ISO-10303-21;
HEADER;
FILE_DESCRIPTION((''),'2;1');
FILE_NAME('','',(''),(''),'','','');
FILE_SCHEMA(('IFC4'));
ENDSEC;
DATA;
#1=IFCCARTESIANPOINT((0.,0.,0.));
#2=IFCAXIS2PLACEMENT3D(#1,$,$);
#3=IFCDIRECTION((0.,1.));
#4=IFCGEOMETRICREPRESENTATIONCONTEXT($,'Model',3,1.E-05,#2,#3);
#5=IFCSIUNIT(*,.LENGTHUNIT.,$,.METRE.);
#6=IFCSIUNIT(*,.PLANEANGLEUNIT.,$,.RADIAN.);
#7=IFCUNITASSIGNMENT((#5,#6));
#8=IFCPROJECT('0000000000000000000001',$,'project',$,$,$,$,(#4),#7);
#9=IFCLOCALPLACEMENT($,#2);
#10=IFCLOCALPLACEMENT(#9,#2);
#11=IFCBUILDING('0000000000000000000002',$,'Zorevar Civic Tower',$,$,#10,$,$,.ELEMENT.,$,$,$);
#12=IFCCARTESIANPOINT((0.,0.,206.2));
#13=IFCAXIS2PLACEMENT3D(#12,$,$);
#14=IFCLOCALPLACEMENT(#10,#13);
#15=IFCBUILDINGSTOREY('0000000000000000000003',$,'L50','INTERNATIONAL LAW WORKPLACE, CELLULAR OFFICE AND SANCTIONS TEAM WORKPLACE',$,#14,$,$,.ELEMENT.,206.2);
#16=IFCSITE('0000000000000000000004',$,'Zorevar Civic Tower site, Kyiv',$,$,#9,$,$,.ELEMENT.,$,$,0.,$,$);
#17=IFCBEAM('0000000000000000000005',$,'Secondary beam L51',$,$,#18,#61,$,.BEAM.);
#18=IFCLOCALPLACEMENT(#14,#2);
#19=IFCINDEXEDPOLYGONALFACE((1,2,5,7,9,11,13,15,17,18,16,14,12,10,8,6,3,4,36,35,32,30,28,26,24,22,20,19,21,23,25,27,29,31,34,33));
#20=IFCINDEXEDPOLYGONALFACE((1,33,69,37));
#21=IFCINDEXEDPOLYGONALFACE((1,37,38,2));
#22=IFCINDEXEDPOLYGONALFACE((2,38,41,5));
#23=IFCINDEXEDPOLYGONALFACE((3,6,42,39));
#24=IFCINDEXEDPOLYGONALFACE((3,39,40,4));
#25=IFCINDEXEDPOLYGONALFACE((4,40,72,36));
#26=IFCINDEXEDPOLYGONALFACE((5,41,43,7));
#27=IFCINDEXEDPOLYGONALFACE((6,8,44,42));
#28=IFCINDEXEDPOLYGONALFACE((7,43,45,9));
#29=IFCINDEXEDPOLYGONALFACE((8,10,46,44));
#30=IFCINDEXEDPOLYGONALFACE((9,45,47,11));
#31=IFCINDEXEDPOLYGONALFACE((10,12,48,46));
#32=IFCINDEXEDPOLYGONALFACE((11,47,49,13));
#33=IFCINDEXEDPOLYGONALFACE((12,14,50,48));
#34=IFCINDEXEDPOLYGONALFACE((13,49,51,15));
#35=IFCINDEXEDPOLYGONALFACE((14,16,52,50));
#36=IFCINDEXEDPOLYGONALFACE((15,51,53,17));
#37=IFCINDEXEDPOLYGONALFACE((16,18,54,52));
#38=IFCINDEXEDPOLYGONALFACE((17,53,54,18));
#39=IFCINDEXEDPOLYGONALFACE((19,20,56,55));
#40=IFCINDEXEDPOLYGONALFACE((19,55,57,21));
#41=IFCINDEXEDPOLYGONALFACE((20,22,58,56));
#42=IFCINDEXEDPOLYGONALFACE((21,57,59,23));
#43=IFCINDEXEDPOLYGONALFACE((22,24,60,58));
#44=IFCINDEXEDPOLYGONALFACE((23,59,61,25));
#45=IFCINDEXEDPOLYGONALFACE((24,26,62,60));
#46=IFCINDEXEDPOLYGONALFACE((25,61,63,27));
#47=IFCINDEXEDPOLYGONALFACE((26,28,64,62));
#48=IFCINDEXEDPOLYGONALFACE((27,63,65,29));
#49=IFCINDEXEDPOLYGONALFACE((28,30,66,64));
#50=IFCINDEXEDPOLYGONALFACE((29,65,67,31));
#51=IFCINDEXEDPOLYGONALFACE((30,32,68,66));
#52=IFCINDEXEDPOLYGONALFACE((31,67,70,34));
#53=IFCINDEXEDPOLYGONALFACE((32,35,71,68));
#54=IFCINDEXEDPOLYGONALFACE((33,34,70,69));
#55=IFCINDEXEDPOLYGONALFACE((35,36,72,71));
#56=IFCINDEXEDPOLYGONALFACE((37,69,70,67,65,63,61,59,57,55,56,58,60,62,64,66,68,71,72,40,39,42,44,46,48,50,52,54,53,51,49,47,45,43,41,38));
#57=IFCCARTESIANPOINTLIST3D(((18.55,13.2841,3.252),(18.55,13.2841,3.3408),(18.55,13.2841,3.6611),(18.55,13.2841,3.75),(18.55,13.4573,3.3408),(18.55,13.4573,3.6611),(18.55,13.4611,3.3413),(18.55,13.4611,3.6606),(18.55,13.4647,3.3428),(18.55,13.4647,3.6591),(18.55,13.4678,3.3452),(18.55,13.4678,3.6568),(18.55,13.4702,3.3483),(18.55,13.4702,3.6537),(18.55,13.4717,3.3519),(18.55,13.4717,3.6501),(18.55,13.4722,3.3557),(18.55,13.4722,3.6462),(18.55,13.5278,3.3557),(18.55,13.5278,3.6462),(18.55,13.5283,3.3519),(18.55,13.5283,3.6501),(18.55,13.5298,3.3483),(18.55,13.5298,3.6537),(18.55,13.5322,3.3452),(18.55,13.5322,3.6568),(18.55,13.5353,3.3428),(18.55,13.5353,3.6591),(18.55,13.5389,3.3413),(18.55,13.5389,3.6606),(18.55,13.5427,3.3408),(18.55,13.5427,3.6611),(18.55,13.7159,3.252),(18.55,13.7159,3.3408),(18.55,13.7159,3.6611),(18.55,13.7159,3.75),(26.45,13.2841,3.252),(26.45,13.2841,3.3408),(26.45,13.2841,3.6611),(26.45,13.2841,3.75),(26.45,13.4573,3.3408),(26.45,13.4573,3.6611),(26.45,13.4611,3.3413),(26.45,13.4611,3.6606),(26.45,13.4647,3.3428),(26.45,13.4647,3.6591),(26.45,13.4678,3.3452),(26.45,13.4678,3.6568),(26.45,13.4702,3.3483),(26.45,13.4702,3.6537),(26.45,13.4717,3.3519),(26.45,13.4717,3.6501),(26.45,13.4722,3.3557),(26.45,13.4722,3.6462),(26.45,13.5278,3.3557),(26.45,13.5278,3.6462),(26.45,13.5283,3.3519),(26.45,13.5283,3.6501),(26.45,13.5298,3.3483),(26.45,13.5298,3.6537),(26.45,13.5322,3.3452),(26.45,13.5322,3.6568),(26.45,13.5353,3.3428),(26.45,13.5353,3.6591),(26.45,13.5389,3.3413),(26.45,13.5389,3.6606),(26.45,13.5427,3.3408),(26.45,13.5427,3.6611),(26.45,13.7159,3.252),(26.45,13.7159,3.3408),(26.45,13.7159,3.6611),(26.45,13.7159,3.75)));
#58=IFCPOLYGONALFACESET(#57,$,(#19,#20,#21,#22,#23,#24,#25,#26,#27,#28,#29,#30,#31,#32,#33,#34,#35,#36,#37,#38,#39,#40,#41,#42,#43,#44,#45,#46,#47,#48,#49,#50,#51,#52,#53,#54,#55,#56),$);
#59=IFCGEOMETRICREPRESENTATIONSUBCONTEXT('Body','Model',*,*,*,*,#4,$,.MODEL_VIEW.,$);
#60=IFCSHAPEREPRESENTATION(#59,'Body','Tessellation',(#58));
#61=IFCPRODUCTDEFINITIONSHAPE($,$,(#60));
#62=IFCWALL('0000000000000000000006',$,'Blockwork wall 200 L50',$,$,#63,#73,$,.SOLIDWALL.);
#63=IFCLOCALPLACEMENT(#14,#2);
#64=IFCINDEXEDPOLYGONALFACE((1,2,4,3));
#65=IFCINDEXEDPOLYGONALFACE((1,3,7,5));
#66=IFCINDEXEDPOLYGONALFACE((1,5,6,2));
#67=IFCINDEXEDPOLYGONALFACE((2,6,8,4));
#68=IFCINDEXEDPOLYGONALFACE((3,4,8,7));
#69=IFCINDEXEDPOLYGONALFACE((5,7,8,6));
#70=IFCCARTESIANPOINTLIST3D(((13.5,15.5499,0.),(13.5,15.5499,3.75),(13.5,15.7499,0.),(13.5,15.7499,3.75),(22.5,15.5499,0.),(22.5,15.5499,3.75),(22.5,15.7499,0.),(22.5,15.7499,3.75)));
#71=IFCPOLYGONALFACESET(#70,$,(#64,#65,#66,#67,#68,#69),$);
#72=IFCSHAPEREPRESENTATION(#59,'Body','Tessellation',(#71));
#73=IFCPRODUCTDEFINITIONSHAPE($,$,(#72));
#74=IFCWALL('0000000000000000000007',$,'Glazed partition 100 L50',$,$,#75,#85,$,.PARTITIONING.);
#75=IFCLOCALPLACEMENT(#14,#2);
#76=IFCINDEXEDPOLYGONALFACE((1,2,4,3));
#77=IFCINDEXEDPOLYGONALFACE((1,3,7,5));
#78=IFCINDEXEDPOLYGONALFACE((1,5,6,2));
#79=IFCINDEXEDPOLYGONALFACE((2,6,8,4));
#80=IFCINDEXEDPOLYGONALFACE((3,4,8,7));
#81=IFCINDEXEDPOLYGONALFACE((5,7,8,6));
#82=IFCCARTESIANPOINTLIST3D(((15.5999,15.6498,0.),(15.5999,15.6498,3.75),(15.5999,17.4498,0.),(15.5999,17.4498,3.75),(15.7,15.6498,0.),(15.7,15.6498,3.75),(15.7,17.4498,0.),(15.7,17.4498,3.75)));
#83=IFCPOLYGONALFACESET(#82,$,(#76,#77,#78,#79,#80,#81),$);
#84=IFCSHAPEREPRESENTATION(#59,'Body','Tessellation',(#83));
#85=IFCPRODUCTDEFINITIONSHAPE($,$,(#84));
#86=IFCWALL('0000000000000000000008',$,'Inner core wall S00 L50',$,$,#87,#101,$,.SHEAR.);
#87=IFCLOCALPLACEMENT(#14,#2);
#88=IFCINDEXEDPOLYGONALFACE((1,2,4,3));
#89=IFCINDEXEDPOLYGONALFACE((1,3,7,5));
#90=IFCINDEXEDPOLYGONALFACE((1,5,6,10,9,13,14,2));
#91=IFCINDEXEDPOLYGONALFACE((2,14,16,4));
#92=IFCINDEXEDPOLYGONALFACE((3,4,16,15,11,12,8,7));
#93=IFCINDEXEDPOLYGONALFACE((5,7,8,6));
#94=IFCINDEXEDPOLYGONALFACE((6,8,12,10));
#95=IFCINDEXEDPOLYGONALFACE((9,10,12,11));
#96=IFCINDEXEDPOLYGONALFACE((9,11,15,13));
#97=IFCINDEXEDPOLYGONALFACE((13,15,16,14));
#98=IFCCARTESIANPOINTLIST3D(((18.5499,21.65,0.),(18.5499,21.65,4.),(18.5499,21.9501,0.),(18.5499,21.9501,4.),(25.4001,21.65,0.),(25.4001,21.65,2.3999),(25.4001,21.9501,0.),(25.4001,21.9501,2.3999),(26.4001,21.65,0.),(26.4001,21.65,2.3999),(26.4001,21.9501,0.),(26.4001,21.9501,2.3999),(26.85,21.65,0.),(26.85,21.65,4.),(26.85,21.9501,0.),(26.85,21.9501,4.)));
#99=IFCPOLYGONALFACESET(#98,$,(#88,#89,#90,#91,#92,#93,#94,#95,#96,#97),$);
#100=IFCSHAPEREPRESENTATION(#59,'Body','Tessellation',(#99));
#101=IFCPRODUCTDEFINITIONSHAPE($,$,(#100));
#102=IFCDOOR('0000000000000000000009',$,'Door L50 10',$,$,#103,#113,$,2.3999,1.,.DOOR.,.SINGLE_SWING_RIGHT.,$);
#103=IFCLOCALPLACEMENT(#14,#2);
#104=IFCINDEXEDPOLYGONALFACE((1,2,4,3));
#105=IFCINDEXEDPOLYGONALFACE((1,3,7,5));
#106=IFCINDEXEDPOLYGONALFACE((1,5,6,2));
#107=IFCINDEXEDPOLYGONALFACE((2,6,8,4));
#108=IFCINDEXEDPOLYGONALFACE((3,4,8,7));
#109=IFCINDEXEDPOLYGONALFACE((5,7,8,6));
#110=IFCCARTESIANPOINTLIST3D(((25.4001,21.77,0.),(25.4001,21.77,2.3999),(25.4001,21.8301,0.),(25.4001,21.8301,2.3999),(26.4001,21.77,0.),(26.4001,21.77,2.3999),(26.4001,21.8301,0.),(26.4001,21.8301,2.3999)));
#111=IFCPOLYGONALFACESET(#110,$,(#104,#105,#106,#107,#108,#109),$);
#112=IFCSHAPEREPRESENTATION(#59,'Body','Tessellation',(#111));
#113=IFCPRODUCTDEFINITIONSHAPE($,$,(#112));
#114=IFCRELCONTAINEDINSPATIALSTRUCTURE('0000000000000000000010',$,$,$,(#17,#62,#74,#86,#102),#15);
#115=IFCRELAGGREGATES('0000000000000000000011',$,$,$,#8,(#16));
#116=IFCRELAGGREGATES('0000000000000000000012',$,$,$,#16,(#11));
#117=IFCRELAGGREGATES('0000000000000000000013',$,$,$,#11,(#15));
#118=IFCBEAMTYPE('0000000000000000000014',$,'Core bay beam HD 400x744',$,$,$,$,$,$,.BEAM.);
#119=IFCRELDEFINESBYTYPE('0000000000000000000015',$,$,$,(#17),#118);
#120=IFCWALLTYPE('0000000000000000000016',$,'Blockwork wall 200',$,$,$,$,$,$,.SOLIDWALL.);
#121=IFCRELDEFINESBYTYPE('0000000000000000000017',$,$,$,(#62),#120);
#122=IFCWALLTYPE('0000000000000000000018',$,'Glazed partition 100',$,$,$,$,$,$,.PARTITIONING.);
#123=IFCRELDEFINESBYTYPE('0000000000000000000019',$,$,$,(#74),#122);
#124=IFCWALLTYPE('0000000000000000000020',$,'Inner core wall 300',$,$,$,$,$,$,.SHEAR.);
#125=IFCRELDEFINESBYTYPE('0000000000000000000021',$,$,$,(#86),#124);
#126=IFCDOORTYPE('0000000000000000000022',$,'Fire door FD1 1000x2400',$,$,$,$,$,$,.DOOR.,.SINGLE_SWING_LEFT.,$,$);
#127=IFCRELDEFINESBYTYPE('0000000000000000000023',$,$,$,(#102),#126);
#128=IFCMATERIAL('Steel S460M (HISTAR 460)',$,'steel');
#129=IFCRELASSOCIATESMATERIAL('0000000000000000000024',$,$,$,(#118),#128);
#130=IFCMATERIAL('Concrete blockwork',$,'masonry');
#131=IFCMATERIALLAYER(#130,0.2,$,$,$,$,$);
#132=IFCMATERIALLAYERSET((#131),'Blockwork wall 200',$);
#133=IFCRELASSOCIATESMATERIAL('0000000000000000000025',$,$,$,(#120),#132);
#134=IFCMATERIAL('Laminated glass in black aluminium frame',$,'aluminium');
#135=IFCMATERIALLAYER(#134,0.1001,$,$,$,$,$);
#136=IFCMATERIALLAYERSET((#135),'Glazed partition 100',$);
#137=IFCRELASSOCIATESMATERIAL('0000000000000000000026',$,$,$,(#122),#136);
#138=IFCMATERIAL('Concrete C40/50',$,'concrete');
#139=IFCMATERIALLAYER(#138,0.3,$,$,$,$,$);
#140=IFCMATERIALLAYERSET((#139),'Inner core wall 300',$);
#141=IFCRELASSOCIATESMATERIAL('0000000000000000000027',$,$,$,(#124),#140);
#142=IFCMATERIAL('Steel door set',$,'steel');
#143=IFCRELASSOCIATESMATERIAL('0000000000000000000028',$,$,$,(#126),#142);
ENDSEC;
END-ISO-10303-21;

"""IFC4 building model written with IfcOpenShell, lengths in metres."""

from ifc_helpers import new_model, si_unit, direction, frame, frame_2d, origin, origin_2d, place, context, subcontext, project, spatial, rectangle, i_section, extrude, material, layer, layer_set, material_profile, profile_set, type_object, element, fill, save


model = new_model("IFC4")

# Units and contexts
model_context = context("Model", 3, precision=1e-05, world=origin(), true_north=direction((0.0, 1.0)))
body_context = subcontext(model_context, "Body", "Model", "MODEL_VIEW")
ifc_project = project(units=[si_unit("LENGTHUNIT", "METRE"), si_unit("PLANEANGLEUNIT", "RADIAN")], contexts=[model_context])

# Site, building, storey
site_placement = place(None, origin())
site = spatial("IfcSite", under=ifc_project, at=site_placement, Name="Zorevar Civic Tower site, Kyiv", CompositionType="ELEMENT", RefElevation=0.0)
building_placement = place(site_placement, origin())
building = spatial("IfcBuilding", under=site, at=building_placement, Name="Zorevar Civic Tower", CompositionType="ELEMENT")
storey_placement = place(building_placement, frame((0.0, 0.0, 206.2)))
storey = spatial("IfcBuildingStorey", under=building, at=storey_placement, Name="L50", Description="INTERNATIONAL LAW WORKPLACE, CELLULAR OFFICE AND SANCTIONS TEAM WORKPLACE", CompositionType="ELEMENT", Elevation=206.2)

# Beam
ifc_material_1 = material(Name="Steel S460M (HISTAR 460)", Category="steel")
ifc_material_profile = material_profile(ifc_material_1, i_section(OverallWidth=0.4319, OverallDepth=0.498, WebThickness=0.0557, FlangeThickness=0.0889, FilletRadius=0.0149, at=origin_2d()), Name="HD 400x744")
ifc_profile_set = profile_set([ifc_material_profile], Name="Steel S460M (HISTAR 460)")
beam_type = type_object("IfcBeamType", Name="Core bay beam HD 400x744", PredefinedType="BEAM", material=ifc_profile_set)
beam_placement = place(storey_placement, frame((18.55, 13.5, 3.501), z_axis=(1.0, 0.0, 0.0), x_axis=(0.0, 1.0, 0.0)))
element("IfcBeam", 1, at=beam_placement, inside=storey, type_object=beam_type, Name="Secondary beam L51", PredefinedType="BEAM", context=body_context, shape_type="SweptSolid", body=[
    extrude(i_section(OverallWidth=0.4319, OverallDepth=0.498, WebThickness=0.0557, FlangeThickness=0.0889, FilletRadius=0.0149, at=origin_2d()), origin(), (0.0, 0.0, 1.0), 7.8999),
])

# Wall
ifc_material_2 = material(Name="Concrete blockwork", Category="masonry")
ifc_layer_1 = layer(ifc_material_2, 0.2)
ifc_layer_set_1 = layer_set([ifc_layer_1], Name="Blockwork wall 200")
wall_type_1 = type_object("IfcWallType", Name="Blockwork wall 200", PredefinedType="SOLIDWALL", material=ifc_layer_set_1)
wall_1_placement = place(storey_placement, frame((13.5, 15.6499, 0.0), z_axis=(0.0, 0.0, 1.0), x_axis=(1.0, 0.0, 0.0)))
element("IfcWall", 2, at=wall_1_placement, inside=storey, type_object=wall_type_1, Name="Blockwork wall 200 L50", PredefinedType="SOLIDWALL", context=body_context, shape_type="SweptSolid", body=[
    extrude(rectangle(XDim=9.0, YDim=0.2, at=frame_2d((4.5, 0.0))), origin(), (0.0, 0.0, 1.0), 3.75),
])

# Wall
ifc_material_3 = material(Name="Laminated glass in black aluminium frame", Category="aluminium")
ifc_layer_2 = layer(ifc_material_3, 0.1001)
ifc_layer_set_2 = layer_set([ifc_layer_2], Name="Glazed partition 100")
wall_type_2 = type_object("IfcWallType", Name="Glazed partition 100", PredefinedType="PARTITIONING", material=ifc_layer_set_2)
wall_2_placement = place(storey_placement, frame((15.6499, 15.6499, 0.0), z_axis=(0.0, 0.0, 1.0), x_axis=(0.0, 1.0, 0.0)))
element("IfcWall", 3, at=wall_2_placement, inside=storey, type_object=wall_type_2, Name="Glazed partition 100 L50", PredefinedType="PARTITIONING", context=body_context, shape_type="SweptSolid", body=[
    extrude(rectangle(XDim=1.8, YDim=0.1001, at=frame_2d((0.8999, 0.0))), origin(), (0.0, 0.0, 1.0), 3.75),
])

# Wall, opening, door
ifc_material_4 = material(Name="Concrete C40/50", Category="concrete")
ifc_layer_3 = layer(ifc_material_4, 0.3)
ifc_layer_set_3 = layer_set([ifc_layer_3], Name="Inner core wall 300")
wall_type_3 = type_object("IfcWallType", Name="Inner core wall 300", PredefinedType="SHEAR", material=ifc_layer_set_3)
wall_3_placement = place(storey_placement, frame((18.55, 21.8, 0.0), z_axis=(0.0, 0.0, 1.0), x_axis=(1.0, 0.0, 0.0)))
wall_3 = element("IfcWall", 4, at=wall_3_placement, inside=storey, type_object=wall_type_3, Name="Inner core wall S00 L50", PredefinedType="SHEAR", context=body_context, shape_type="SweptSolid", body=[
    extrude(rectangle(XDim=8.3, YDim=0.3, at=frame_2d((4.1499, 0.0))), origin(), (0.0, 0.0, 1.0), 4.0),
])
opening_1_placement = place(wall_3_placement, frame((6.8501, 0.0, 0.0)))
opening_1 = element("IfcOpeningElement", 5, at=opening_1_placement, cuts=wall_3, PredefinedType="OPENING", context=body_context, shape_type="SweptSolid", body=[
    extrude(rectangle(XDim=1.0, YDim=2.3999, at=frame_2d((0.5, 1.2))), frame((0.0, 0.1599, 0.0), z_axis=(0.0, -1.0, 0.0), x_axis=(1.0, 0.0, 0.0)), (0.0, 0.0, 1.0), 0.3201),
])
ifc_material_5 = material(Name="Steel door set", Category="steel")
door_type_1 = type_object("IfcDoorType", Name="Fire door FD1 1000x2400", OperationType="SINGLE_SWING_LEFT", PredefinedType="DOOR", material=ifc_material_5)
door_1_placement = place(opening_1_placement, origin())
door_1 = element("IfcDoor", 6, at=door_1_placement, inside=storey, type_object=door_type_1, Name="Door L50 10", OperationType="SINGLE_SWING_RIGHT", OverallHeight=2.3999, OverallWidth=1.0, PredefinedType="DOOR", context=body_context, shape_type="SweptSolid", body=[
    extrude(rectangle(XDim=1.0, YDim=2.3999, at=frame_2d((0.5, 1.2))), frame((0.0, 0.03, 0.0), z_axis=(0.0, -1.0, 0.0), x_axis=(1.0, 0.0, 0.0)), (0.0, 0.0, 1.0), 0.0601),
])
fill(opening_1, door_1)

save(model, "model.ifc")
